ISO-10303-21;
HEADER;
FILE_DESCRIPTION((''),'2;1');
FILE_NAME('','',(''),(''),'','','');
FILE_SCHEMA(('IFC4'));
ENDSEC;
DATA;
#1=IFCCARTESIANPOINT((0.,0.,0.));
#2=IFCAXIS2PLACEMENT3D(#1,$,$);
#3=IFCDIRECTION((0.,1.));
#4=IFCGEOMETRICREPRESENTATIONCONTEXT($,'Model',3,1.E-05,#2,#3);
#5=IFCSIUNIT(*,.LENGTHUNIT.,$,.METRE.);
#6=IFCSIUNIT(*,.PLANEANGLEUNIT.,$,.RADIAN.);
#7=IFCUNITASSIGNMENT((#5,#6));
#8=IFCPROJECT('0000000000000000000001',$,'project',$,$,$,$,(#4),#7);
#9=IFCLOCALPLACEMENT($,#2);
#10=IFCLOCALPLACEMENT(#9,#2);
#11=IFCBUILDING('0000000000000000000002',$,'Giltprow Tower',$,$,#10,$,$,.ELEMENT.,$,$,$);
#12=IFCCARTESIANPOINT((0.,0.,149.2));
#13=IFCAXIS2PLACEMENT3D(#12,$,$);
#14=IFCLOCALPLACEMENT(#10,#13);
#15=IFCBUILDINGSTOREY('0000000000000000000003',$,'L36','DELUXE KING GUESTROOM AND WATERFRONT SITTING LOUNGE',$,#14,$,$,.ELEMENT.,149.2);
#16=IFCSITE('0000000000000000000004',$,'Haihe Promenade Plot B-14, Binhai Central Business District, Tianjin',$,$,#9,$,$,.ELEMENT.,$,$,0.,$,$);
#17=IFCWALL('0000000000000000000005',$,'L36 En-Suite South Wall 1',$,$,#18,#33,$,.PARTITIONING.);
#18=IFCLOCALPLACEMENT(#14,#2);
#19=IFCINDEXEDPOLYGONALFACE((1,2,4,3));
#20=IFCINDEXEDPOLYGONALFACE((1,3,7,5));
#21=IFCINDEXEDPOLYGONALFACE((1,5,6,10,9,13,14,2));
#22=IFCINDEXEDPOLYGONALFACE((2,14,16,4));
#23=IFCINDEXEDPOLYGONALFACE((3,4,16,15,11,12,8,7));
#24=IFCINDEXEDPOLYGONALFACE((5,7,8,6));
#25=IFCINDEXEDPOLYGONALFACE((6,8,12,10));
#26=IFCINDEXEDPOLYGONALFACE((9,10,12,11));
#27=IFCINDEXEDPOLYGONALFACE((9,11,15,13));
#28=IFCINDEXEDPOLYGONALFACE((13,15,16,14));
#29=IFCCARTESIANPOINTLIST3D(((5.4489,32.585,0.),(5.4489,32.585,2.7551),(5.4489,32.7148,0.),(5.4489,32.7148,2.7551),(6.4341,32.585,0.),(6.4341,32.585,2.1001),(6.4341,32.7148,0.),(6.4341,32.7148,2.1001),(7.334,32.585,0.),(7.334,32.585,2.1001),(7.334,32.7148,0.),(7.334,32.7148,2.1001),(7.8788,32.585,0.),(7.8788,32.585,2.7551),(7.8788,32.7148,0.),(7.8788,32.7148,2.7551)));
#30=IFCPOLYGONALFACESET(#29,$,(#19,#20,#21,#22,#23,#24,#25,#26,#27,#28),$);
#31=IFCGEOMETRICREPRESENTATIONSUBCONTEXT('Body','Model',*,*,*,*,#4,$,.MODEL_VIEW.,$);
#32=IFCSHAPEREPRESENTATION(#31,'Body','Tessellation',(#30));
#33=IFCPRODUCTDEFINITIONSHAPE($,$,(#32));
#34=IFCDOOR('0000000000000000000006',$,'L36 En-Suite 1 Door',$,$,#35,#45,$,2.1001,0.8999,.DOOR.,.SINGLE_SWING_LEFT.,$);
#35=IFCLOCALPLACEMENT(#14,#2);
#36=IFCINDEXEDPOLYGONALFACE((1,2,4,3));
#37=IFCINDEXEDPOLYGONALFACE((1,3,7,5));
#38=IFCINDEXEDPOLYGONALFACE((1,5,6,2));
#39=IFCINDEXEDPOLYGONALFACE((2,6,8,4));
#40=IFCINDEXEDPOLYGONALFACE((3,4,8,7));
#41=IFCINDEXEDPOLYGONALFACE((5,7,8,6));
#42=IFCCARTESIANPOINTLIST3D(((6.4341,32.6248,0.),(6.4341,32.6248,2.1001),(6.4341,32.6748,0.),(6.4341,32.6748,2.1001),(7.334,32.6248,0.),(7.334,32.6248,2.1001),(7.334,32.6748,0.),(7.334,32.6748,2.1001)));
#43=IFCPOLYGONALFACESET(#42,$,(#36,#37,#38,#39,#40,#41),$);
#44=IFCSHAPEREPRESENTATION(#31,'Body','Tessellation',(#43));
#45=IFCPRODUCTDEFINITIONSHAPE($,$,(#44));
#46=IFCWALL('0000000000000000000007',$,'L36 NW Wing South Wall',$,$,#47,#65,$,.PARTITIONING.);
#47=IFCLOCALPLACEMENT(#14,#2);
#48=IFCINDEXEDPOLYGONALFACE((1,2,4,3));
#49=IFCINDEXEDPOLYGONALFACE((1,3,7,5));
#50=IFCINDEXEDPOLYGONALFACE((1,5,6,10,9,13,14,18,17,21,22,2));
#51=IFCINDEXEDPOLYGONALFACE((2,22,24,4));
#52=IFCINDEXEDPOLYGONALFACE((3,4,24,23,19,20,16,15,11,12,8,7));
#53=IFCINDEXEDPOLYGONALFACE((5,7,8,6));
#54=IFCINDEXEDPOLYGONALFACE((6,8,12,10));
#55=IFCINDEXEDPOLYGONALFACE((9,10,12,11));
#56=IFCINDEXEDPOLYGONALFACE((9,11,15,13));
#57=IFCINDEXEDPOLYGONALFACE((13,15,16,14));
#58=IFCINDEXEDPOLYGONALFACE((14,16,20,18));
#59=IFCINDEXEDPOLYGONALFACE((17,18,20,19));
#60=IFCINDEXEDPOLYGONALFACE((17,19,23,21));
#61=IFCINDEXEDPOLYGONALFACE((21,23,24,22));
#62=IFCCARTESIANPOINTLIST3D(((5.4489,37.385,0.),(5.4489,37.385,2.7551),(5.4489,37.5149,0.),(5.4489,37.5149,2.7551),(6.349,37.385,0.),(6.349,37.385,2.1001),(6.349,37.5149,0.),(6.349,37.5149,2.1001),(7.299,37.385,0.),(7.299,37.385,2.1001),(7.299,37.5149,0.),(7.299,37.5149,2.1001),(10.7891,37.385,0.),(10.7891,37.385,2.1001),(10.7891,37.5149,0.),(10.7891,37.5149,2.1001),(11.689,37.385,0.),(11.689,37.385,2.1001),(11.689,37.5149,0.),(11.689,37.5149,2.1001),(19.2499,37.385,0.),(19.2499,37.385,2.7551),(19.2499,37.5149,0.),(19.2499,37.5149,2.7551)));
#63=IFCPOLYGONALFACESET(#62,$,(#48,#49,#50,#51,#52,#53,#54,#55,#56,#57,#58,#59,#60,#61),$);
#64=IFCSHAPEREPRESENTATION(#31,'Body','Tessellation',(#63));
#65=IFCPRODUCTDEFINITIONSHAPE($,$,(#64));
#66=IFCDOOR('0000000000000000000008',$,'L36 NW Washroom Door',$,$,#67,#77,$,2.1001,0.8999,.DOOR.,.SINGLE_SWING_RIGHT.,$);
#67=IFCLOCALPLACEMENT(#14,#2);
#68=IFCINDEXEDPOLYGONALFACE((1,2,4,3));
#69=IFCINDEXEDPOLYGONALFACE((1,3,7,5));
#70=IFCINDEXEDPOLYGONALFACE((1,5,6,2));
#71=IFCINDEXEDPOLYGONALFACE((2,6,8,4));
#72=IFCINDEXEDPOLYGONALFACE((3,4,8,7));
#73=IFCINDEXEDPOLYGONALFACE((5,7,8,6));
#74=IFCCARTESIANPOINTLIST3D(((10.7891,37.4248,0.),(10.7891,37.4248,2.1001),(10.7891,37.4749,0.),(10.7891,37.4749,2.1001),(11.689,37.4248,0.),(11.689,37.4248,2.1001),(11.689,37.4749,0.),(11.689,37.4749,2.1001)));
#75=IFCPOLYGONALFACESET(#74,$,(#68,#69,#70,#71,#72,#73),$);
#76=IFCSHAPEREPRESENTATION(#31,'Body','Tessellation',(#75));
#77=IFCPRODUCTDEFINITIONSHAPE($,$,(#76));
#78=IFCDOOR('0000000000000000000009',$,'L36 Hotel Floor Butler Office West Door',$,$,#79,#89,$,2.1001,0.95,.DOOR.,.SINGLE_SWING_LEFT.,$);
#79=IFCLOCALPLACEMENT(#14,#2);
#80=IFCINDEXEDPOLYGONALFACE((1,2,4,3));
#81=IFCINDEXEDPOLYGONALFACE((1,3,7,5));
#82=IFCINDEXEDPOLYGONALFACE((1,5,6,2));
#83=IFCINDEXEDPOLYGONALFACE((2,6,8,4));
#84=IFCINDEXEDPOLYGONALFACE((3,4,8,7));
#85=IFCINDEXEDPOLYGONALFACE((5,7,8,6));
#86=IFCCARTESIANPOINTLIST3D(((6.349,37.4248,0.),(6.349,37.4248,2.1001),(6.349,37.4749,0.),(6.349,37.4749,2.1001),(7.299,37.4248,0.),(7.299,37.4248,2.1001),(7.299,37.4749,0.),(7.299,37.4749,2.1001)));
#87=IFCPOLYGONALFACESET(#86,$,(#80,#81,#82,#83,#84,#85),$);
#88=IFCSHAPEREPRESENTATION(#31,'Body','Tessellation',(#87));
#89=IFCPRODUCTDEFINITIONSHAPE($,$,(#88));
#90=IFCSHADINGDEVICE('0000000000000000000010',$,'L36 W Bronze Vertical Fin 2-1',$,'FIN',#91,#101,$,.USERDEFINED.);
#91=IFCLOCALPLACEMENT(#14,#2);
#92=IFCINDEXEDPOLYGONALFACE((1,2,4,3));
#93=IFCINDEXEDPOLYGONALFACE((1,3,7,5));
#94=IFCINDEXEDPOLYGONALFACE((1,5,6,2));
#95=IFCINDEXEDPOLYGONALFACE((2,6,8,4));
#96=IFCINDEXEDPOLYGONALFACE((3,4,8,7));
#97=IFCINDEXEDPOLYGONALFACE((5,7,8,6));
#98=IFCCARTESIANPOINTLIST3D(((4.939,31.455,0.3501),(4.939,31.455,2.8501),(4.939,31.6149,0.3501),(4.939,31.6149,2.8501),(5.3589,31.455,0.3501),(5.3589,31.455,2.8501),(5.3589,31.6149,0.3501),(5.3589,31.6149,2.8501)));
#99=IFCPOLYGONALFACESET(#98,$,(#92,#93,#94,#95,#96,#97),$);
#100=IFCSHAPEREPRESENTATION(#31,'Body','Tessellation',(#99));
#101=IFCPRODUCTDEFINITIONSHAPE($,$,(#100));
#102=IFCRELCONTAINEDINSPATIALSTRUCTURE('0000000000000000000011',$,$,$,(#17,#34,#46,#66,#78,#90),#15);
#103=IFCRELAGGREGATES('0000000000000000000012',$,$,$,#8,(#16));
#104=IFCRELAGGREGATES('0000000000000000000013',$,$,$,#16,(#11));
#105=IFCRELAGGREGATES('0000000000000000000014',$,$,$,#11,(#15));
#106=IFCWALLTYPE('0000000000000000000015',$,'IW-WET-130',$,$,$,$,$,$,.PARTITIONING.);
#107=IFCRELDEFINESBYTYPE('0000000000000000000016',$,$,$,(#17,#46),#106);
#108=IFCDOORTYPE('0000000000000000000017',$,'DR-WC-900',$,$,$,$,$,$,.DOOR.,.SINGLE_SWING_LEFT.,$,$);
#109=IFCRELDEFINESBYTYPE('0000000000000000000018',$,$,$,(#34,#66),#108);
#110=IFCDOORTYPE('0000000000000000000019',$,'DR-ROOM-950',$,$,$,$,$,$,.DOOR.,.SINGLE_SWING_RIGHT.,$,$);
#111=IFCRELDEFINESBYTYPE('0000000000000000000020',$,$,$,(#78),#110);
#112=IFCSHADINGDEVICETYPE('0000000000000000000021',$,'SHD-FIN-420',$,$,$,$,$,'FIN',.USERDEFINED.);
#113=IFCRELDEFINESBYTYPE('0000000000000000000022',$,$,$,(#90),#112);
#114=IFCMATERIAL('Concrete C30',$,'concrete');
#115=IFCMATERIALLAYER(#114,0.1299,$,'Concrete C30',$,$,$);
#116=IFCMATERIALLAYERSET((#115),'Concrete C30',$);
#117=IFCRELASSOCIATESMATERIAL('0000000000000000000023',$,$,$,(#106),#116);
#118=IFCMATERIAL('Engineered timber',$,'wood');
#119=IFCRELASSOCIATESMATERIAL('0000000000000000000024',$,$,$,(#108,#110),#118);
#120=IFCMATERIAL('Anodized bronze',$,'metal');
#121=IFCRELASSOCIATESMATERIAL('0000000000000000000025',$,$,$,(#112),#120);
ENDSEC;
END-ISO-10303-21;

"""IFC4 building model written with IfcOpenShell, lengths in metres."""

from ifc_helpers import new_model, si_unit, direction, frame, frame_2d, origin, origin_2d, place, context, subcontext, project, spatial, rectangle, extrude, source, transform, mapped, material, layer, layer_set, type_object, element, fill, save


model = new_model("IFC4")

# Units and contexts
model_context = context("Model", 3, precision=1e-05, world=origin(), true_north=direction((0.0, 1.0)))
body_context = subcontext(model_context, "Body", "Model", "MODEL_VIEW")
ifc_project = project(units=[si_unit("LENGTHUNIT", "METRE"), si_unit("PLANEANGLEUNIT", "RADIAN")], contexts=[model_context])

# Site, building, storey
site_placement = place(None, origin())
site = spatial("IfcSite", under=ifc_project, at=site_placement, Name="Haihe Promenade Plot B-14, Binhai Central Business District, Tianjin", CompositionType="ELEMENT", RefElevation=0.0)
building_placement = place(site_placement, origin())
building = spatial("IfcBuilding", under=site, at=building_placement, Name="Giltprow Tower", CompositionType="ELEMENT")
storey_placement = place(building_placement, frame((0.0, 0.0, 149.2)))
storey = spatial("IfcBuildingStorey", under=building, at=storey_placement, Name="L36", Description="DELUXE KING GUESTROOM AND WATERFRONT SITTING LOUNGE", CompositionType="ELEMENT", Elevation=149.2)

# Shared definitions
ifc_material_1 = material(Name="Engineered timber", Category="wood")

# Wall, opening, door
ifc_material_2 = material(Name="Concrete C30", Category="concrete")
ifc_layer_1 = layer(ifc_material_2, 0.1299, Name="Concrete C30")
ifc_layer_set_1 = layer_set([ifc_layer_1], Name="Concrete C30")
wall_type_1 = type_object("IfcWallType", Name="IW-WET-130", PredefinedType="PARTITIONING", material=ifc_layer_set_1)
wall_1_placement = place(storey_placement, frame((5.449, 32.6499, 0.0), z_axis=(0.0, 0.0, 1.0), x_axis=(1.0, 0.0, 0.0)))
wall_1 = element("IfcWall", 1, at=wall_1_placement, inside=storey, type_object=wall_type_1, Name="L36 En-Suite South Wall 1", PredefinedType="PARTITIONING", context=body_context, shape_type="SweptSolid", body=[
    extrude(rectangle(XDim=2.4299, YDim=0.1299, at=frame_2d((1.2148, 0.0))), origin(), (0.0, 0.0, 1.0), 2.7551),
])
opening_1_placement = place(wall_1_placement, frame((0.9851, 0.0, 0.0)))
opening_1 = element("IfcOpeningElement", 2, at=opening_1_placement, cuts=wall_1, PredefinedType="OPENING", context=body_context, shape_type="SweptSolid", body=[
    extrude(rectangle(XDim=0.8999, YDim=2.1001, at=frame_2d((0.45, 1.05))), frame((0.0, 0.075, 0.0), z_axis=(0.0, -1.0, 0.0), x_axis=(1.0, 0.0, 0.0)), (0.0, 0.0, 1.0), 0.1499),
])
door_type_1 = type_object("IfcDoorType", Name="DR-WC-900", OperationType="SINGLE_SWING_LEFT", PredefinedType="DOOR", material=ifc_material_1)
shared_shape_1 = source(origin(), body_context, "Body", "SweptSolid", [
    extrude(rectangle(XDim=0.8999, YDim=2.1001, at=frame_2d((0.45, 1.05))), frame((0.0, 0.0249, 0.0), z_axis=(0.0, -1.0, 0.0), x_axis=(1.0, 0.0, 0.0)), (0.0, 0.0, 1.0), 0.05),
])
door_1_placement = place(opening_1_placement, origin())
door_1 = element("IfcDoor", 3, at=door_1_placement, inside=storey, type_object=door_type_1, Name="L36 En-Suite 1 Door", OperationType="SINGLE_SWING_LEFT", OverallHeight=2.1001, OverallWidth=0.8999, PredefinedType="DOOR", context=body_context, shape_type="MappedRepresentation", body=[
    mapped(shared_shape_1, transform((0.0, 0.0, 0.0), x_axis=(1.0, 0.0, 0.0), y_axis=(0.0, 1.0, 0.0), z_axis=(0.0, 0.0, 1.0), scale=1.0)),
])
fill(opening_1, door_1)

# Wall, openings, doors
wall_2_placement = place(storey_placement, frame((5.449, 37.45, 0.0), z_axis=(0.0, 0.0, 1.0), x_axis=(1.0, 0.0, 0.0)))
wall_2 = element("IfcWall", 4, at=wall_2_placement, inside=storey, type_object=wall_type_1, Name="L36 NW Wing South Wall", PredefinedType="PARTITIONING", context=body_context, shape_type="SweptSolid", body=[
    extrude(rectangle(XDim=13.801, YDim=0.1299, at=frame_2d((6.9004, 0.0))), origin(), (0.0, 0.0, 1.0), 2.7551),
])
opening_2_placement = place(wall_2_placement, frame((0.8999, 0.0, 0.0)))
opening_2 = element("IfcOpeningElement", 5, at=opening_2_placement, cuts=wall_2, PredefinedType="OPENING", context=body_context, shape_type="SweptSolid", body=[
    extrude(rectangle(XDim=0.95, YDim=2.1001, at=frame_2d((0.4751, 1.05))), frame((0.0, 0.075, 0.0), z_axis=(0.0, -1.0, 0.0), x_axis=(1.0, 0.0, 0.0)), (0.0, 0.0, 1.0), 0.1499),
])
opening_3_placement = place(wall_2_placement, frame((5.3401, 0.0, 0.0)))
opening_3 = element("IfcOpeningElement", 6, at=opening_3_placement, cuts=wall_2, PredefinedType="OPENING", context=body_context, shape_type="SweptSolid", body=[
    extrude(rectangle(XDim=0.8999, YDim=2.1001, at=frame_2d((0.45, 1.05))), frame((0.0, 0.075, 0.0), z_axis=(0.0, -1.0, 0.0), x_axis=(1.0, 0.0, 0.0)), (0.0, 0.0, 1.0), 0.1499),
])
door_2_placement = place(opening_3_placement, origin())
door_2 = element("IfcDoor", 7, at=door_2_placement, inside=storey, type_object=door_type_1, Name="L36 NW Washroom Door", OperationType="SINGLE_SWING_RIGHT", OverallHeight=2.1001, OverallWidth=0.8999, PredefinedType="DOOR", context=body_context, shape_type="MappedRepresentation", body=[
    mapped(shared_shape_1, transform((0.0, 0.0, 0.0), x_axis=(1.0, 0.0, 0.0), y_axis=(0.0, 1.0, 0.0), z_axis=(0.0, 0.0, 1.0), scale=1.0)),
])
fill(opening_3, door_2)
door_type_2 = type_object("IfcDoorType", Name="DR-ROOM-950", OperationType="SINGLE_SWING_RIGHT", PredefinedType="DOOR", material=ifc_material_1)
shared_shape_2 = source(origin(), body_context, "Body", "SweptSolid", [
    extrude(rectangle(XDim=0.95, YDim=2.1001, at=frame_2d((0.4751, 1.05))), frame((0.0, 0.0249, 0.0), z_axis=(0.0, -1.0, 0.0), x_axis=(1.0, 0.0, 0.0)), (0.0, 0.0, 1.0), 0.05),
])
door_3_placement = place(opening_2_placement, origin())
door_3 = element("IfcDoor", 8, at=door_3_placement, inside=storey, type_object=door_type_2, Name="L36 Hotel Floor Butler Office West Door", OperationType="SINGLE_SWING_LEFT", OverallHeight=2.1001, OverallWidth=0.95, PredefinedType="DOOR", context=body_context, shape_type="MappedRepresentation", body=[
    mapped(shared_shape_2, transform((0.0, 0.0, 0.0), x_axis=(1.0, 0.0, 0.0), y_axis=(0.0, 1.0, 0.0), z_axis=(0.0, 0.0, 1.0), scale=1.0)),
])
fill(opening_2, door_3)

# Shading device
ifc_material_3 = material(Name="Anodized bronze", Category="metal")
shading_device_type = type_object("IfcShadingDeviceType", Name="SHD-FIN-420", ElementType="FIN", PredefinedType="USERDEFINED", material=ifc_material_3)
shared_shape_3 = source(origin(), body_context, "Body", "SweptSolid", [
    extrude(rectangle(XDim=0.4199, YDim=0.1599, at=origin_2d()), origin(), (0.0, 0.0, 1.0), 2.5),
])
shading_device_placement = place(storey_placement, frame((5.1489, 31.5349, 0.3501), z_axis=(0.0, 0.0, 1.0), x_axis=(1.0, 0.0, 0.0)))
element("IfcShadingDevice", 9, at=shading_device_placement, inside=storey, type_object=shading_device_type, Name="L36 W Bronze Vertical Fin 2-1", ObjectType="FIN", PredefinedType="USERDEFINED", context=body_context, shape_type="MappedRepresentation", body=[
    mapped(shared_shape_3, transform((0.0, 0.0, 0.0), x_axis=(1.0, 0.0, 0.0), y_axis=(0.0, 1.0, 0.0), z_axis=(0.0, 0.0, 1.0), scale=1.0)),
])

save(model, "model.ifc")
